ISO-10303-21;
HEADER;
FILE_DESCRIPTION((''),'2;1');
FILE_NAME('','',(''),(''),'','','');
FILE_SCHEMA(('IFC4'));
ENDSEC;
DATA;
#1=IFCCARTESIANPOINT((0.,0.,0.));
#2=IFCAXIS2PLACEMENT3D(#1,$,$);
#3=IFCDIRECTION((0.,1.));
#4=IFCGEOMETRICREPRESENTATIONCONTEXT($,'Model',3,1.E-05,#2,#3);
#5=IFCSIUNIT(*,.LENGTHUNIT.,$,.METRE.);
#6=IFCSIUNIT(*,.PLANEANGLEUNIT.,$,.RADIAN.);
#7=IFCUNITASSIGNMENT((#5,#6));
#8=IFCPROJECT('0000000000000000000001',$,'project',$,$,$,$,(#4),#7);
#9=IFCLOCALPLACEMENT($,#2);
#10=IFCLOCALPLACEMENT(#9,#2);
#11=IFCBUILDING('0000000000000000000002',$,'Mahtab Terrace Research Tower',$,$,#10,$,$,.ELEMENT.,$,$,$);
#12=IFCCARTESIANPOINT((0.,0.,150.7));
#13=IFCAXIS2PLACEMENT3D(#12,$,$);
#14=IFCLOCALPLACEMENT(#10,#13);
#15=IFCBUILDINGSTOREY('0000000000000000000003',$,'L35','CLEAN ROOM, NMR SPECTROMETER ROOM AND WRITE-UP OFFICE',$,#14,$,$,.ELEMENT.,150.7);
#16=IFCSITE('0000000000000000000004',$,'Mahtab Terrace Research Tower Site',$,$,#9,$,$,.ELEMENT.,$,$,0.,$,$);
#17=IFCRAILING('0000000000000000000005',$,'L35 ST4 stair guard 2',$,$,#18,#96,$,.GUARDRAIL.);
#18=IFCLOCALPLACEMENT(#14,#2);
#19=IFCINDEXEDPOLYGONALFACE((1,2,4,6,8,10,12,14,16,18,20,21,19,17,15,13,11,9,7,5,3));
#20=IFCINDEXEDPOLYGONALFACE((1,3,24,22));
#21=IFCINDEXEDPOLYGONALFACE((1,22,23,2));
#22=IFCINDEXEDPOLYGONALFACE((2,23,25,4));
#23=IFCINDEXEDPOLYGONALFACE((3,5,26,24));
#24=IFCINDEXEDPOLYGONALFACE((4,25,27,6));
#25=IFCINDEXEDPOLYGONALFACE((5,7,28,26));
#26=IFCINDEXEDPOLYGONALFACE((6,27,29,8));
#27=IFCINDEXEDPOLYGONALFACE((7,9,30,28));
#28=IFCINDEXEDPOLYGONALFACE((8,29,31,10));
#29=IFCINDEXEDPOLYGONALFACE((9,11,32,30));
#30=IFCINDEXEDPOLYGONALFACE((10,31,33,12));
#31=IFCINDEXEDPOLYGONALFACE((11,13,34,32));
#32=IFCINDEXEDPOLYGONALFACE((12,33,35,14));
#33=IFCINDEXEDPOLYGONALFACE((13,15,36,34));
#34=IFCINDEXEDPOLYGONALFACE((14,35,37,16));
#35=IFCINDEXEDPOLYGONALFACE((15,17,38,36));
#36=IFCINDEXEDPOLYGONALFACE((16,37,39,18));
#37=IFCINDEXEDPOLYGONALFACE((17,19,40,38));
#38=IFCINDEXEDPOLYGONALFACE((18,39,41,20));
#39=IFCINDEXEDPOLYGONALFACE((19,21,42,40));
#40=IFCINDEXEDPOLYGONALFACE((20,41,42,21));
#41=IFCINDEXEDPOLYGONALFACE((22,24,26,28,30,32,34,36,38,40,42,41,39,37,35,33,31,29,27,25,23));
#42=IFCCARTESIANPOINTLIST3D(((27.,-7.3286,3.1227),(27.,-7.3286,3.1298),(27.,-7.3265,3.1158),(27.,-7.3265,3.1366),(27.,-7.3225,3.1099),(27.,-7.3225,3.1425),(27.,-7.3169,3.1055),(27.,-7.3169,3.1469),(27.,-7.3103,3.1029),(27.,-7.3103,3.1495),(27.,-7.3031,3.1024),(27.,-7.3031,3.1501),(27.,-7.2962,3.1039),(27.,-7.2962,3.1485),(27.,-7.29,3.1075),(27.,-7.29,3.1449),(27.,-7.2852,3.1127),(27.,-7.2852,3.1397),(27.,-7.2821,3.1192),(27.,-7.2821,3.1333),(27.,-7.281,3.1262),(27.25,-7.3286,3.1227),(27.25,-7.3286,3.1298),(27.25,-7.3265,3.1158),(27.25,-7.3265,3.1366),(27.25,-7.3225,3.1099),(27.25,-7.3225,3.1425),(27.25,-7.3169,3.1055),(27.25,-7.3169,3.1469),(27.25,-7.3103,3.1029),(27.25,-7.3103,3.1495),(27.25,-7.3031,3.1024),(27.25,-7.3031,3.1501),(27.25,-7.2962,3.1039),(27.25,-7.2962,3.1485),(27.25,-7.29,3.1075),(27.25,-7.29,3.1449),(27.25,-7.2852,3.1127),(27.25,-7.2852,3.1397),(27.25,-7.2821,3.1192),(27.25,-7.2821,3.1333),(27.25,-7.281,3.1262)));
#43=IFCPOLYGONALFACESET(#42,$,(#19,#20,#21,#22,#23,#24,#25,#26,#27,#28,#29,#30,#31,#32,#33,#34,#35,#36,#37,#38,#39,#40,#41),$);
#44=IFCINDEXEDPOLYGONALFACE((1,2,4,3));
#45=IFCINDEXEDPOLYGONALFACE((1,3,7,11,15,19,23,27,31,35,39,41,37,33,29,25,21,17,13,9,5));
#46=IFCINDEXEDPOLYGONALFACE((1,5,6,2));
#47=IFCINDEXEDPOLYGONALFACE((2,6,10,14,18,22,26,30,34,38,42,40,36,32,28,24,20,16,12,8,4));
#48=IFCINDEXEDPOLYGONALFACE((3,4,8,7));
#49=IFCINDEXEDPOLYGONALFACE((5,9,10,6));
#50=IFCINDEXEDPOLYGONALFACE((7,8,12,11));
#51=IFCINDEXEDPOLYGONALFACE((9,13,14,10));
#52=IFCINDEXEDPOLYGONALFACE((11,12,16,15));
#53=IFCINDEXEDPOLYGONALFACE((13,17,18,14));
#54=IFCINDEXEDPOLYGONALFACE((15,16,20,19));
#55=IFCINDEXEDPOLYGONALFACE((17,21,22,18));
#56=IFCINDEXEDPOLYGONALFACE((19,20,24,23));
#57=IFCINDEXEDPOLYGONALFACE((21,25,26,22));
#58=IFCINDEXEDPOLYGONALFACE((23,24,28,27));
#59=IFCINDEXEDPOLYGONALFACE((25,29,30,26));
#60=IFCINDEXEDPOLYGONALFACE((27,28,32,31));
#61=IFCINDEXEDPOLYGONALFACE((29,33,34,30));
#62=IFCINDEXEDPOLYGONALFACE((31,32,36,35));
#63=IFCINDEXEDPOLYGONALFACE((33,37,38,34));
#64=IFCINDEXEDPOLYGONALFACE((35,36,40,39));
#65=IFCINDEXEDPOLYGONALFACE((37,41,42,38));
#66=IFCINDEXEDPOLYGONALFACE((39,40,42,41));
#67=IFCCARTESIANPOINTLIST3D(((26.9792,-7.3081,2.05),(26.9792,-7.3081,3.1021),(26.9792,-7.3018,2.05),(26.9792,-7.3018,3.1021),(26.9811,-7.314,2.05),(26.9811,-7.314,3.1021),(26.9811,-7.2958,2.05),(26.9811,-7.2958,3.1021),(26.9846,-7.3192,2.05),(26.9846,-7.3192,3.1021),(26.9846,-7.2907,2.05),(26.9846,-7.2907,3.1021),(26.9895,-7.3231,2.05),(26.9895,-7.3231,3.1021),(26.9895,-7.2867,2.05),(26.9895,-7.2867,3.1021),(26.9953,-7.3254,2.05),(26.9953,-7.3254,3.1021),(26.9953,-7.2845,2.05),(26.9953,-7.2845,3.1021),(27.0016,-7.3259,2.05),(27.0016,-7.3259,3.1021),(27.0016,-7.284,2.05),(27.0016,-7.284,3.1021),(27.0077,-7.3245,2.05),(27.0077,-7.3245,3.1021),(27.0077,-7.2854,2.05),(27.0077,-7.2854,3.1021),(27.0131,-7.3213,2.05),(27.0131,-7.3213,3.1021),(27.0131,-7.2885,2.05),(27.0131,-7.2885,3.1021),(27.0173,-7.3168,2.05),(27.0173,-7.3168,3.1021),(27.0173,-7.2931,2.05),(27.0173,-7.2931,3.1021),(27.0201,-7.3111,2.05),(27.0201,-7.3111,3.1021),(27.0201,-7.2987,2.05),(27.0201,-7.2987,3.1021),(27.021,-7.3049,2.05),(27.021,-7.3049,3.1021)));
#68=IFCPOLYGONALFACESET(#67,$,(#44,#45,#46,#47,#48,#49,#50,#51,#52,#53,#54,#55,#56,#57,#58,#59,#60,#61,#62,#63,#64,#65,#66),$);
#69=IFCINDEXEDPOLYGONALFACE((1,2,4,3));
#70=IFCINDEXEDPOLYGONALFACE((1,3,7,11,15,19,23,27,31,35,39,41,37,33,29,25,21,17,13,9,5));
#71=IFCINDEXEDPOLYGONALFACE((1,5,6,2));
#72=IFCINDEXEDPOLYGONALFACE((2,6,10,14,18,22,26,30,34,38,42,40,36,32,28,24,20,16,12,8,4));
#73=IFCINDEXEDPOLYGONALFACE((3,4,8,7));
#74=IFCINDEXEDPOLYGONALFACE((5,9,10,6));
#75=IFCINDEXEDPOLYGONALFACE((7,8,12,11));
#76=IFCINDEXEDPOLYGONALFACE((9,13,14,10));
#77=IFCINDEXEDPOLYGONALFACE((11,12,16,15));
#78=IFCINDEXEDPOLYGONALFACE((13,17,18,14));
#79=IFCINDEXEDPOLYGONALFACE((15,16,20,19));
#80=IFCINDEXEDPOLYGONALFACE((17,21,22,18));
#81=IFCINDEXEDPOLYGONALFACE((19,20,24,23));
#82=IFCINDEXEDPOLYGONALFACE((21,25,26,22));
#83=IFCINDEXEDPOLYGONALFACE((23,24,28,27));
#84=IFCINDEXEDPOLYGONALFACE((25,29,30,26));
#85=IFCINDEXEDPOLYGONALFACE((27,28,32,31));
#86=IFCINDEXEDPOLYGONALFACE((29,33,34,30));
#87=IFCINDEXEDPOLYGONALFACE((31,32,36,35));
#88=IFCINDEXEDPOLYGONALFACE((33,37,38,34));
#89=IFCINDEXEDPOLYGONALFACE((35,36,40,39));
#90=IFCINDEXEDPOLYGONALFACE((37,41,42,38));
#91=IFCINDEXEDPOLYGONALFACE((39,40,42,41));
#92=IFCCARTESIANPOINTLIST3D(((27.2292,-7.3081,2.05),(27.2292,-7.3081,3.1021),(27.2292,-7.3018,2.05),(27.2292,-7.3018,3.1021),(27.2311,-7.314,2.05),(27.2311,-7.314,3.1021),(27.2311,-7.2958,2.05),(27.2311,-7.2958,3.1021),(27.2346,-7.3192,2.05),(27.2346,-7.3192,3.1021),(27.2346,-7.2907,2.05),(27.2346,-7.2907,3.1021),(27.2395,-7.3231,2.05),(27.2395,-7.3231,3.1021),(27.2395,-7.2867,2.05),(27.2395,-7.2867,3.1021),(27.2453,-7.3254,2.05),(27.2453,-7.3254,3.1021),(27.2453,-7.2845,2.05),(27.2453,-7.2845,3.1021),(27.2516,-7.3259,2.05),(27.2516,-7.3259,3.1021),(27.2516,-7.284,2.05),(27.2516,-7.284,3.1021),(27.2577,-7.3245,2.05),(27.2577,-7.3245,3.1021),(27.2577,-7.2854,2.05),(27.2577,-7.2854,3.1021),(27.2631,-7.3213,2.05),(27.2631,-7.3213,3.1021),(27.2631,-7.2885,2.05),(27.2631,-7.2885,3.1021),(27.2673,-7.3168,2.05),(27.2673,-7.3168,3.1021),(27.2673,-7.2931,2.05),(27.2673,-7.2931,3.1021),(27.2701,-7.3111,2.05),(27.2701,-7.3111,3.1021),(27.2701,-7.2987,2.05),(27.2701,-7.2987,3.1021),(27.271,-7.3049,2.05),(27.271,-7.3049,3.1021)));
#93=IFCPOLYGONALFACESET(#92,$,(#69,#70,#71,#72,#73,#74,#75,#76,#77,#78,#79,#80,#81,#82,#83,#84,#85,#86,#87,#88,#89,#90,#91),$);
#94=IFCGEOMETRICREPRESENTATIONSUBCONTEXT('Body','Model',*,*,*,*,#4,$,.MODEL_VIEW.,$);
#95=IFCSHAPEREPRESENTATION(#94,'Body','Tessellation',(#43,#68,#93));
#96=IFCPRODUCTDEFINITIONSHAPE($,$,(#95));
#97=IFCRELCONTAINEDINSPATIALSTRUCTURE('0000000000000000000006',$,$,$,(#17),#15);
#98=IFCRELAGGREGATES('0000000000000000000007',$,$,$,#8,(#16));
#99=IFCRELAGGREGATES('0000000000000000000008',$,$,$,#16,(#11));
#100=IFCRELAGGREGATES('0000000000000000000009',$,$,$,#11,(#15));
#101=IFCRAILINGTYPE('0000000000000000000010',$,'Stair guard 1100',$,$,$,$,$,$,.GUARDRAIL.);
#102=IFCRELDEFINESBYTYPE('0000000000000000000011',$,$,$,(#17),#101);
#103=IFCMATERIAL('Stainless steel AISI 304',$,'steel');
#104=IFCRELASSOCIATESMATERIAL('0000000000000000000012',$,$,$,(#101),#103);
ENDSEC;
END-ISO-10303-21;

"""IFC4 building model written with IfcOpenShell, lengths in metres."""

from ifc_helpers import new_model, si_unit, direction, frame, origin, origin_2d, place, context, subcontext, project, spatial, circle, extrude, material, type_object, element, save


model = new_model("IFC4")

# Units and contexts
model_context = context("Model", 3, precision=1e-05, world=origin(), true_north=direction((0.0, 1.0)))
body_context = subcontext(model_context, "Body", "Model", "MODEL_VIEW")
ifc_project = project(units=[si_unit("LENGTHUNIT", "METRE"), si_unit("PLANEANGLEUNIT", "RADIAN")], contexts=[model_context])

# Site, building, storey
site_placement = place(None, origin())
site = spatial("IfcSite", under=ifc_project, at=site_placement, Name="Mahtab Terrace Research Tower Site", CompositionType="ELEMENT", RefElevation=0.0)
building_placement = place(site_placement, origin())
building = spatial("IfcBuilding", under=site, at=building_placement, Name="Mahtab Terrace Research Tower", CompositionType="ELEMENT")
storey_placement = place(building_placement, frame((0.0, 0.0, 150.7)))
storey = spatial("IfcBuildingStorey", under=building, at=storey_placement, Name="L35", Description="CLEAN ROOM, NMR SPECTROMETER ROOM AND WRITE-UP OFFICE", CompositionType="ELEMENT", Elevation=150.7)

# Railing
ifc_material_1 = material(Name="Stainless steel AISI 304", Category="steel")
railing_type_1 = type_object("IfcRailingType", Name="Stair guard 1100", PredefinedType="GUARDRAIL", material=ifc_material_1)
railing_1_placement = place(storey_placement, frame((27.0, -7.3049, 2.05)))
element("IfcRailing", 1, at=railing_1_placement, inside=storey, type_object=railing_type_1, Name="L35 ST4 stair guard 2", PredefinedType="GUARDRAIL", context=body_context, shape_type="SweptSolid", body=[
    extrude(circle(Radius=0.0239, at=origin_2d()), frame((0.0, 0.0, 1.0762), z_axis=(1.0, 0.0, 0.0), x_axis=(0.0, 1.0, 0.0)), (0.0, 0.0, 1.0), 0.25),
    extrude(circle(Radius=0.021, at=origin_2d()), origin(), (0.0, 0.0, 1.0), 1.052),
    extrude(circle(Radius=0.021, at=origin_2d()), frame((0.25, 0.0, 0.0)), (0.0, 0.0, 1.0), 1.052),
])

save(model, "model.ifc")
